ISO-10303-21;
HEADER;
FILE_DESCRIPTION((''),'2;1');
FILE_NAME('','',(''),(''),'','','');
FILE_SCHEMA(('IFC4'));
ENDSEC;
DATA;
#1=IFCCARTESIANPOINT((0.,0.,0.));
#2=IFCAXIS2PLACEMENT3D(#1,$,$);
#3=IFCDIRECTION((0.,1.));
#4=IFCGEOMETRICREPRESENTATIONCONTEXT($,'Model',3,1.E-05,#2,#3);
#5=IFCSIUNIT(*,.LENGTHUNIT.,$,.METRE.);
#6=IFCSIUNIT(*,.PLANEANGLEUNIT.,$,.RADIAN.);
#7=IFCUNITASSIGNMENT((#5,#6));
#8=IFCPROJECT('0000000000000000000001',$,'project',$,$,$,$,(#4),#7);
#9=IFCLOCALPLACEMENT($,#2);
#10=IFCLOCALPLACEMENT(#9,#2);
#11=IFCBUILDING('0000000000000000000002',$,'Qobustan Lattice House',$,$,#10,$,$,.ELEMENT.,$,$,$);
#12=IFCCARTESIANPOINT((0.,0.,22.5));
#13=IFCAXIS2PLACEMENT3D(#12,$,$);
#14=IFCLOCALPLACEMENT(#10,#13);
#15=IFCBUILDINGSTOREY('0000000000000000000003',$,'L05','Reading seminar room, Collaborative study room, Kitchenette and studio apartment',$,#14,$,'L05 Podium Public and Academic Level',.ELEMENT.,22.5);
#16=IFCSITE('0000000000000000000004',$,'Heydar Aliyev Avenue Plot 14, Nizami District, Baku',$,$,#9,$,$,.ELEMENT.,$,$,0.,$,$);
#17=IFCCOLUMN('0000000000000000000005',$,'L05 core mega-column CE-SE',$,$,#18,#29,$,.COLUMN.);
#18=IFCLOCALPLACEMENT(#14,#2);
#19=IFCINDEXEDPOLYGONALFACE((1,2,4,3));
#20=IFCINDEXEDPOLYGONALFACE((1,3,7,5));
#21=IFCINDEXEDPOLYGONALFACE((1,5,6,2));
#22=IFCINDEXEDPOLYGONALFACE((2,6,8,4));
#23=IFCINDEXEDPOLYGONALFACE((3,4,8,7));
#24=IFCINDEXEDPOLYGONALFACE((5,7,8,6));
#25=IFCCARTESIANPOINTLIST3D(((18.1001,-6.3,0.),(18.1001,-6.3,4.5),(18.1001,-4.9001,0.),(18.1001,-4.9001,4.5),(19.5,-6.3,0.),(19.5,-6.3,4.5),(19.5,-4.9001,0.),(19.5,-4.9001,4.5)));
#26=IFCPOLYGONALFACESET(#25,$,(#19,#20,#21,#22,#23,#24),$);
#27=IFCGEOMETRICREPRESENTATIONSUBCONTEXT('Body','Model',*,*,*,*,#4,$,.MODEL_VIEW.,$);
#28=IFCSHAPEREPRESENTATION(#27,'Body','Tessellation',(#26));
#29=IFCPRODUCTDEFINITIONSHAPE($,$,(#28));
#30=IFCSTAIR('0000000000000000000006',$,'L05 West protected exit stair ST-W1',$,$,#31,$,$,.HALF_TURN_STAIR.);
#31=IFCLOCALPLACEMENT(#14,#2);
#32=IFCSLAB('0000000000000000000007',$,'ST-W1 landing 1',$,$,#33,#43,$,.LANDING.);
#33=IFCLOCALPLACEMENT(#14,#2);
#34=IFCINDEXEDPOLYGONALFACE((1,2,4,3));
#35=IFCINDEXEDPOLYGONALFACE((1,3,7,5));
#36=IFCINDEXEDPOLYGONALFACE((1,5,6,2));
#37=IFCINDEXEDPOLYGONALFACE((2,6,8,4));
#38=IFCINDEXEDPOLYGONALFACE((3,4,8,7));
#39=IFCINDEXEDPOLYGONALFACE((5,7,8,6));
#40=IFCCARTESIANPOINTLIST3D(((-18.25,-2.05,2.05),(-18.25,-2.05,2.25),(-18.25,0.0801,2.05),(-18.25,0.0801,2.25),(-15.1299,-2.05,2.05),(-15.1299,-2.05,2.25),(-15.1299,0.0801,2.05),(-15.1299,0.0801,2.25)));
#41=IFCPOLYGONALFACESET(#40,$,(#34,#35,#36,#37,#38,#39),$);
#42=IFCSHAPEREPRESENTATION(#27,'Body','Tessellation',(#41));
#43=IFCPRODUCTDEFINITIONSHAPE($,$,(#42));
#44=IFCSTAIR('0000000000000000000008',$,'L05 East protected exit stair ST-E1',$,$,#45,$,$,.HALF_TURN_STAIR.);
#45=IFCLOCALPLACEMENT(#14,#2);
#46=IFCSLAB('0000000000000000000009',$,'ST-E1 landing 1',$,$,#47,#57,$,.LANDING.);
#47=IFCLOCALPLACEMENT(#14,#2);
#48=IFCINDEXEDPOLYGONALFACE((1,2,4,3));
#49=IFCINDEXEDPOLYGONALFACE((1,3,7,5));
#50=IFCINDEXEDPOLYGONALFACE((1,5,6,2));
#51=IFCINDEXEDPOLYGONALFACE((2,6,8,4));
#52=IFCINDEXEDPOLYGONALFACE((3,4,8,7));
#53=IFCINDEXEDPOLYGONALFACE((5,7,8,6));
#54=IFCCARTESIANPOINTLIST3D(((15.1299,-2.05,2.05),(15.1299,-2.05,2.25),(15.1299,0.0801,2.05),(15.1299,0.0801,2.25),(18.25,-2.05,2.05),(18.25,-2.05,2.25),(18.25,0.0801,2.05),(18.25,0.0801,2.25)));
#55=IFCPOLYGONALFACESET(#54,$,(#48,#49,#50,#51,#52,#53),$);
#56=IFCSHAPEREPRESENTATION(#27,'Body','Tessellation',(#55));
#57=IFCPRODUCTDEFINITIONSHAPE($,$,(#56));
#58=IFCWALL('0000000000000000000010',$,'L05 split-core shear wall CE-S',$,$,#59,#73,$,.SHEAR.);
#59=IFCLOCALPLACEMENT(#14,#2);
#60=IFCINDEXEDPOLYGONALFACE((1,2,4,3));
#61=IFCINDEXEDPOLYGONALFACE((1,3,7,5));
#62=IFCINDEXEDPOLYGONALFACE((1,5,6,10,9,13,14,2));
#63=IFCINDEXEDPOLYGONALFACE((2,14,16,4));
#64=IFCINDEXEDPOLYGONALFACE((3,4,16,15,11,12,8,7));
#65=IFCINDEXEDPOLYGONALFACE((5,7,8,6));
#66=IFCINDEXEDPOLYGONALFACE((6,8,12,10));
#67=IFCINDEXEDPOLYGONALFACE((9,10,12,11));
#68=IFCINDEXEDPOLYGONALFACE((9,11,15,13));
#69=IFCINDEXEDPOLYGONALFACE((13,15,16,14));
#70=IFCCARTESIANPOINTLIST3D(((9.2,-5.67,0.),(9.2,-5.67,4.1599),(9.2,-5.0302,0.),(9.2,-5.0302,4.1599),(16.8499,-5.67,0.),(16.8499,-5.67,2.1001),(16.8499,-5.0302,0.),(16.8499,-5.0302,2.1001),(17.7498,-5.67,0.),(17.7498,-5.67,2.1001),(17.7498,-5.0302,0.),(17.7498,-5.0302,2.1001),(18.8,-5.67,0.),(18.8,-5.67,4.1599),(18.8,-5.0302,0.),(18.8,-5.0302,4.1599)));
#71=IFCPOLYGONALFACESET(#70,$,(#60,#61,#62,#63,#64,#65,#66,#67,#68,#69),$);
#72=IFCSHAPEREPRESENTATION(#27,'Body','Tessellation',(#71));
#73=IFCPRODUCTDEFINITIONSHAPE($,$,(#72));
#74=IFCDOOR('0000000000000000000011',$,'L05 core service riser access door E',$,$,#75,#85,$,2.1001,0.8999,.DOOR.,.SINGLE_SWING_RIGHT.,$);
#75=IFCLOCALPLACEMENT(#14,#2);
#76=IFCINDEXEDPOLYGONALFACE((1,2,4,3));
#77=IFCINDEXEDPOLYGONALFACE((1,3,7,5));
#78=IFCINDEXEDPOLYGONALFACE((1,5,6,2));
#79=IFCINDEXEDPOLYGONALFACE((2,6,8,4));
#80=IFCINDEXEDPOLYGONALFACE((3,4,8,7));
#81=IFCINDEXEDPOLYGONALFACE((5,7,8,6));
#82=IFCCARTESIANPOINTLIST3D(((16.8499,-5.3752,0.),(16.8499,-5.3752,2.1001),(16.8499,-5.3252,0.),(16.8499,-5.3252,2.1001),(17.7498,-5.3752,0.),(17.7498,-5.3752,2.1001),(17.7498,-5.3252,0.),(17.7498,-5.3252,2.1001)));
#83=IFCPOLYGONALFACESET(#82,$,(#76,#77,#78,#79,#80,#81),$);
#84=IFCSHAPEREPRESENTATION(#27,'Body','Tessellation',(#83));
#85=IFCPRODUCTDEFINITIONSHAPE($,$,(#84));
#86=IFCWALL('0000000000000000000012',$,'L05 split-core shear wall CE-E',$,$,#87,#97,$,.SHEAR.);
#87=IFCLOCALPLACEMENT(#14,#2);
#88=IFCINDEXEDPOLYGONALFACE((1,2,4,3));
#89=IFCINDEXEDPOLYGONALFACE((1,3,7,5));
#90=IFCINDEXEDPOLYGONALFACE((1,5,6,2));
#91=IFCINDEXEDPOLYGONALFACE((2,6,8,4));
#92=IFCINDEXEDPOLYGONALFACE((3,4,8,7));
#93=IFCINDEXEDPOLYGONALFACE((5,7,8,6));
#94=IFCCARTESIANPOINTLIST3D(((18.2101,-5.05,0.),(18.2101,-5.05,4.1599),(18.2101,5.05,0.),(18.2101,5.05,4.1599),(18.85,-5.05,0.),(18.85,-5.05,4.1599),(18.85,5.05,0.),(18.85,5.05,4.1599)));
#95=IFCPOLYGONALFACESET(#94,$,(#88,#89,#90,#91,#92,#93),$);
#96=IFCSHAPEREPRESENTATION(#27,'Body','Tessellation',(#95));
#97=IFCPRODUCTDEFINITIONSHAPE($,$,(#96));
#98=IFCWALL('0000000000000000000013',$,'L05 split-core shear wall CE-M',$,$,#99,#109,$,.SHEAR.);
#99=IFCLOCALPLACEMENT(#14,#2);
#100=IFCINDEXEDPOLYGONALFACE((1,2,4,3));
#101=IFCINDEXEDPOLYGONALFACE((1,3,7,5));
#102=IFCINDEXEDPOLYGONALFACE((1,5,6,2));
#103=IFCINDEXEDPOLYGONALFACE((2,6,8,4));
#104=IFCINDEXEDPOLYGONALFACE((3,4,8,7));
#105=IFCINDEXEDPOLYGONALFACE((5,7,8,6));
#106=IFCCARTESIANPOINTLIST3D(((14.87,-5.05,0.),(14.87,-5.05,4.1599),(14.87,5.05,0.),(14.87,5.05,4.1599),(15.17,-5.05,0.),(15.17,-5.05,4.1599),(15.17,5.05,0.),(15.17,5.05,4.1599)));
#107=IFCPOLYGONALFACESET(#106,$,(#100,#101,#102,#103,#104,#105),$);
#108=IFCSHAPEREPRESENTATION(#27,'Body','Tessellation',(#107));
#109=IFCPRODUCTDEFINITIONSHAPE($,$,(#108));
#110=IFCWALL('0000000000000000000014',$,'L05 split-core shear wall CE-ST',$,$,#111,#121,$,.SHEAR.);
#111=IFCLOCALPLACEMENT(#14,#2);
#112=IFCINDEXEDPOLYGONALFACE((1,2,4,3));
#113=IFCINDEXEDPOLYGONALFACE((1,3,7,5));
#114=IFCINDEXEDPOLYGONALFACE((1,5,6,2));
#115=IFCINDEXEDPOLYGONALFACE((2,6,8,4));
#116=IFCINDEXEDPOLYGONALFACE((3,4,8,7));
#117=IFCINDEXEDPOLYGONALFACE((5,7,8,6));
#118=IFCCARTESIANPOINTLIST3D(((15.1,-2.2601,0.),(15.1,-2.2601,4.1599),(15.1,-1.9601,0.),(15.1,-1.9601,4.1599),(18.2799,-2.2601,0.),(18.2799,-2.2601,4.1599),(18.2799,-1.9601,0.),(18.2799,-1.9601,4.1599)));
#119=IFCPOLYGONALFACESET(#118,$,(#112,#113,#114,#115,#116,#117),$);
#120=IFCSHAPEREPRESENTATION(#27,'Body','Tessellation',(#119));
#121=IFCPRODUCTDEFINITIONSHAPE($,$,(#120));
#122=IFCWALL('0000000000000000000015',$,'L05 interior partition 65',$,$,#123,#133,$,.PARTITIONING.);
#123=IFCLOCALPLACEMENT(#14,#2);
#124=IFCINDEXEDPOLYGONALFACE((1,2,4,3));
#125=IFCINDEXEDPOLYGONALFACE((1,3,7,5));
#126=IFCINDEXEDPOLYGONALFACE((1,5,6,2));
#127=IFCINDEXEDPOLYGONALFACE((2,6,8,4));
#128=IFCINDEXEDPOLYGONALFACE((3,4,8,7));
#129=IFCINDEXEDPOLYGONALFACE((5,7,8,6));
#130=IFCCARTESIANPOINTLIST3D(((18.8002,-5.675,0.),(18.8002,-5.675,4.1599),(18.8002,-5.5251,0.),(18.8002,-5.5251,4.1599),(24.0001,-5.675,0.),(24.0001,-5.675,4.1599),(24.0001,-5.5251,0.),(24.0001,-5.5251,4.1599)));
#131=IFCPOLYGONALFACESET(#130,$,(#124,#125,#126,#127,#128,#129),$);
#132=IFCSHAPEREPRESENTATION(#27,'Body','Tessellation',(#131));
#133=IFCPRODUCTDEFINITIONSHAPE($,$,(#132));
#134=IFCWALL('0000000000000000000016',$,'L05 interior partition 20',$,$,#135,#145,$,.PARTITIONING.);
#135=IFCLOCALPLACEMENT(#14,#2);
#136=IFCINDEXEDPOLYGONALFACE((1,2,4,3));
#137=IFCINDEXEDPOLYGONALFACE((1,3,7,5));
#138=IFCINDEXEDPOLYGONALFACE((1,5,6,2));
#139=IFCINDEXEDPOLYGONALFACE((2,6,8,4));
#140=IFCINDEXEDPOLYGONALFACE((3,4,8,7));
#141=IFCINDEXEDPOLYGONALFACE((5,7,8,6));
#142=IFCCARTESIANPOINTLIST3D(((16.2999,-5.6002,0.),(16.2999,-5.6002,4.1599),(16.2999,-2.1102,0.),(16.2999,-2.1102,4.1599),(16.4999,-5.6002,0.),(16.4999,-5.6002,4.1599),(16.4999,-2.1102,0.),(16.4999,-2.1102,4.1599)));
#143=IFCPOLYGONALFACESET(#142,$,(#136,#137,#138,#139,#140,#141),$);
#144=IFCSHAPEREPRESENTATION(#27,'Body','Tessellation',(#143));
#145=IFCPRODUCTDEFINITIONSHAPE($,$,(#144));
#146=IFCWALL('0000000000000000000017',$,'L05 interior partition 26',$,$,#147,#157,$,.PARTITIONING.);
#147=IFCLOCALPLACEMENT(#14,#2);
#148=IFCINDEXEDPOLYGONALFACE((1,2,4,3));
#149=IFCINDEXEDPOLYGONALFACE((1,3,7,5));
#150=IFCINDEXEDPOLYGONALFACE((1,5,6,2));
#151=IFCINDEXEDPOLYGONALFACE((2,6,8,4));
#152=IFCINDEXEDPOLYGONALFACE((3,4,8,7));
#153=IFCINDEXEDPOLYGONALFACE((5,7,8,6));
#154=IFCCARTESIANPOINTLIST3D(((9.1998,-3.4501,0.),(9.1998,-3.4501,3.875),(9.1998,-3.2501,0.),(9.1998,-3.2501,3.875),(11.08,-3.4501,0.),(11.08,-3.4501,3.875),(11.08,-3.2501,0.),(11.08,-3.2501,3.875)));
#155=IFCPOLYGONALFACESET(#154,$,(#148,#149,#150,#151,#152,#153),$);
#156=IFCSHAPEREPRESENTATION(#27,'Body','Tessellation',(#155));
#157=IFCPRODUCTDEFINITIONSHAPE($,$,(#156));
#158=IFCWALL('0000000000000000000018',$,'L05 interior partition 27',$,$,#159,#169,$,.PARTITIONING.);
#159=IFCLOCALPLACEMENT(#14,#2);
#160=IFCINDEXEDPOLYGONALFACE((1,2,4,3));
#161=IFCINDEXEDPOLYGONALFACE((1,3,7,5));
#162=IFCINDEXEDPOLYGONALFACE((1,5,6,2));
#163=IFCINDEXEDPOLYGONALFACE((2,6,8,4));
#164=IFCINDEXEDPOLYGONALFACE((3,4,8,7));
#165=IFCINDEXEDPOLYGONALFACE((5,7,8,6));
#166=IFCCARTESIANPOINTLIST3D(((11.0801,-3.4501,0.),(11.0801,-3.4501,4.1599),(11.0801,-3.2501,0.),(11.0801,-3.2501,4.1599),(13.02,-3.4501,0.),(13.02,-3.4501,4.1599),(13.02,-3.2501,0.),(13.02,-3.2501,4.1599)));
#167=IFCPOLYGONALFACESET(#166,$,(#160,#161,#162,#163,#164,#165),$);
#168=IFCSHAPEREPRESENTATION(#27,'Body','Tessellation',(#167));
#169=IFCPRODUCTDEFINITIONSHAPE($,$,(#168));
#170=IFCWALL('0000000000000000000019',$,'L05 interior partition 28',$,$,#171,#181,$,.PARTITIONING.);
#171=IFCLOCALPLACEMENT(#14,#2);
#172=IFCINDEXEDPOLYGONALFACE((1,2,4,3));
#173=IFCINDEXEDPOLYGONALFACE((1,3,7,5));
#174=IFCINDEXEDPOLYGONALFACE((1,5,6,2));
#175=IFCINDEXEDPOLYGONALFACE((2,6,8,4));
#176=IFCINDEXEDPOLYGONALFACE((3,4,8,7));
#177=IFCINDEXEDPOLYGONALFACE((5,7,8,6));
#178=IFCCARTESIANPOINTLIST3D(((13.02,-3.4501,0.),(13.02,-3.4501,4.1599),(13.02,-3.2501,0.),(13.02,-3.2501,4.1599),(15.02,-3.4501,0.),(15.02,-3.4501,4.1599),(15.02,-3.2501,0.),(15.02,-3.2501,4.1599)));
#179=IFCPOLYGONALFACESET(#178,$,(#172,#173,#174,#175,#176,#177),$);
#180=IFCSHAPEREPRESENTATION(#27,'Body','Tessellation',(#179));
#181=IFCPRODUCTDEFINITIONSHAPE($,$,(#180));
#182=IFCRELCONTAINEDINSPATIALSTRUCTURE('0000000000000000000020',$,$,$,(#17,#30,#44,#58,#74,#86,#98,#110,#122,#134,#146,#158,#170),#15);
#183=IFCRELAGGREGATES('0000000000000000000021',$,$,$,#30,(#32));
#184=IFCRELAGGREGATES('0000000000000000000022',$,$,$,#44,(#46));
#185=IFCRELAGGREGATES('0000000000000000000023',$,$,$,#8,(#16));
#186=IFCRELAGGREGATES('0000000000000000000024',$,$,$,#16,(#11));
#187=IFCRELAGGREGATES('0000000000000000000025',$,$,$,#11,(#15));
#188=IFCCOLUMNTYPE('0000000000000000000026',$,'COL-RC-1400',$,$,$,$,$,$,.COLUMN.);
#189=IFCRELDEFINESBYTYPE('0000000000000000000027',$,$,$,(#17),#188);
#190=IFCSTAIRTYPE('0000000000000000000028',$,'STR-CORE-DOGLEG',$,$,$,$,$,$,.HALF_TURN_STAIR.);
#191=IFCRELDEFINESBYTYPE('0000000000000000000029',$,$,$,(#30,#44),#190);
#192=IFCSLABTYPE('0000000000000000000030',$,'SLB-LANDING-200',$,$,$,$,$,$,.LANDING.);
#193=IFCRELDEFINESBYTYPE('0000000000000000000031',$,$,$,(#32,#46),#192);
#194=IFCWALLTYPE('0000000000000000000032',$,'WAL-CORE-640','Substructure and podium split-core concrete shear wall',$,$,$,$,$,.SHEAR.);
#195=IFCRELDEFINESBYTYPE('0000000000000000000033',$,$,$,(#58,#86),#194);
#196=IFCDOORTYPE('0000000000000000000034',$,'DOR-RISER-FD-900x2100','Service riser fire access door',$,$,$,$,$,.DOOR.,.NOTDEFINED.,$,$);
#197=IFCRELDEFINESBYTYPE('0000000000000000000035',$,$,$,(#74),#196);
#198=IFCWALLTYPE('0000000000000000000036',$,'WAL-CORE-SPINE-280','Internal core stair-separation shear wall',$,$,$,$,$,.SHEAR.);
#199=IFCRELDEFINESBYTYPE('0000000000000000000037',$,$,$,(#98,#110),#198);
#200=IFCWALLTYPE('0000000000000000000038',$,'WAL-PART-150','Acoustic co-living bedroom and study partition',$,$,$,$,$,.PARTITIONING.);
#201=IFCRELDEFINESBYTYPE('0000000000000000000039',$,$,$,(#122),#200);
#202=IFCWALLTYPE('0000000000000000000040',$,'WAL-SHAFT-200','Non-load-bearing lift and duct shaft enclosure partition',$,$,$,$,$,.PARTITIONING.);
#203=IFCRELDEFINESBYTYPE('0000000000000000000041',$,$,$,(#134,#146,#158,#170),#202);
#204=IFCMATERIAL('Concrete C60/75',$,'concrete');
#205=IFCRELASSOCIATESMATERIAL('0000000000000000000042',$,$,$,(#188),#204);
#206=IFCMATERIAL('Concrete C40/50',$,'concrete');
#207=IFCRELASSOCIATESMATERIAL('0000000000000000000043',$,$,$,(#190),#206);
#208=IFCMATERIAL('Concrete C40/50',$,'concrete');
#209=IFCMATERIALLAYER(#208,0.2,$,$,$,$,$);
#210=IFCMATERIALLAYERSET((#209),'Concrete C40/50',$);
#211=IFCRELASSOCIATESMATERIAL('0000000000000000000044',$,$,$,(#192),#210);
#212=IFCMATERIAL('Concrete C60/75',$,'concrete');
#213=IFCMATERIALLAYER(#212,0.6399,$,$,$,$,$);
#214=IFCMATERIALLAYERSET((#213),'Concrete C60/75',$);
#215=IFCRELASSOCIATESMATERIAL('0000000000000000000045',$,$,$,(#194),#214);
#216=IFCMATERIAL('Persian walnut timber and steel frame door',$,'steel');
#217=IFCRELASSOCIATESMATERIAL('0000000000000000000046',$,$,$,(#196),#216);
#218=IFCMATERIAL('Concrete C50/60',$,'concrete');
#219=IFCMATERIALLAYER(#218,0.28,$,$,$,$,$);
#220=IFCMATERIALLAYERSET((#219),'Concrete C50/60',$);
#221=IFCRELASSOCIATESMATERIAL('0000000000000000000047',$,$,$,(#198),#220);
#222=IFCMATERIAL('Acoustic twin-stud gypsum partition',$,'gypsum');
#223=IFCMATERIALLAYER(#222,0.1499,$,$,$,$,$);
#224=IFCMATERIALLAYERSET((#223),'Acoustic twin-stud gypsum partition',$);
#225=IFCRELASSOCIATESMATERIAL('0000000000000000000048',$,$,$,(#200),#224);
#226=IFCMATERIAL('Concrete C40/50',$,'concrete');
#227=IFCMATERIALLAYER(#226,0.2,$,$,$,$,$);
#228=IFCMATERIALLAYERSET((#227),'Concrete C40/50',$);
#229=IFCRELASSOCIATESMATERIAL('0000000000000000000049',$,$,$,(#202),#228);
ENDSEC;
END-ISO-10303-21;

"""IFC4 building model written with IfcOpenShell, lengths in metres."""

from ifc_helpers import new_model, si_unit, direction, frame, frame_2d, origin, origin_2d, place, context, subcontext, project, spatial, polyline, rectangle, outline, extrude, material, layer, layer_set, material_profile, profile_set, type_object, element, fill, aggregate, save


model = new_model("IFC4")

# Units and contexts
model_context = context("Model", 3, precision=1e-05, world=origin(), true_north=direction((0.0, 1.0)))
body_context = subcontext(model_context, "Body", "Model", "MODEL_VIEW")
ifc_project = project(units=[si_unit("LENGTHUNIT", "METRE"), si_unit("PLANEANGLEUNIT", "RADIAN")], contexts=[model_context])

# Site, building, storey
site_placement = place(None, origin())
site = spatial("IfcSite", under=ifc_project, at=site_placement, Name="Heydar Aliyev Avenue Plot 14, Nizami District, Baku", CompositionType="ELEMENT", RefElevation=0.0)
building_placement = place(site_placement, origin())
building = spatial("IfcBuilding", under=site, at=building_placement, Name="Qobustan Lattice House", CompositionType="ELEMENT")
storey_placement = place(building_placement, frame((0.0, 0.0, 22.5)))
storey = spatial("IfcBuildingStorey", under=building, at=storey_placement, Name="L05", Description="Reading seminar room, Collaborative study room, Kitchenette and studio apartment", LongName="L05 Podium Public and Academic Level", CompositionType="ELEMENT", Elevation=22.5)

# Column
ifc_material_1 = material(Name="Concrete C60/75", Category="concrete")
ifc_material_profile = material_profile(ifc_material_1, rectangle(XDim=1.3999, YDim=1.3999, at=origin_2d()), Name="RC1400x1400")
ifc_profile_set = profile_set([ifc_material_profile], Name="Concrete C60/75")
column_type = type_object("IfcColumnType", Name="COL-RC-1400", PredefinedType="COLUMN", material=ifc_profile_set)
column_placement = place(storey_placement, frame((18.8, -5.6001, 0.0), z_axis=(0.0, 0.0, 1.0), x_axis=(1.0, 0.0, 0.0)))
element("IfcColumn", 1, at=column_placement, inside=storey, type_object=column_type, Name="L05 core mega-column CE-SE", PredefinedType="COLUMN", context=body_context, shape_type="SweptSolid", body=[
    extrude(rectangle(XDim=1.3999, YDim=1.3999, at=origin_2d()), origin(), (0.0, 0.0, 1.0), 4.5),
])

# Stairs, slabs
ifc_material_2 = material(Name="Concrete C40/50", Category="concrete")
stair_type = type_object("IfcStairType", Name="STR-CORE-DOGLEG", PredefinedType="HALF_TURN_STAIR", material=ifc_material_2)
stair_1_placement = place(storey_placement, origin())
stair_1 = element("IfcStair", 2, at=stair_1_placement, inside=storey, type_object=stair_type, Name="L05 West protected exit stair ST-W1", PredefinedType="HALF_TURN_STAIR")
ifc_material_3 = material(Name="Concrete C40/50", Category="concrete")
ifc_layer_1 = layer(ifc_material_3, 0.2)
ifc_layer_set_1 = layer_set([ifc_layer_1], Name="Concrete C40/50")
slab_type = type_object("IfcSlabType", Name="SLB-LANDING-200", PredefinedType="LANDING", material=ifc_layer_set_1)
slab_1_placement = place(storey_placement, frame((0.0, 0.0, 2.05)))
slab_1 = element("IfcSlab", 3, at=slab_1_placement, type_object=slab_type, Name="ST-W1 landing 1", PredefinedType="LANDING", context=body_context, shape_type="SweptSolid", body=[
    extrude(outline(polyline([(-18.25, 0.0801), (-18.25, -2.05), (-15.1299, -2.05), (-15.1299, 0.0801), (-18.25, 0.0801)])), origin(), (0.0, 0.0, 1.0), 0.2),
])
aggregate(stair_1, [slab_1])
stair_2_placement = place(storey_placement, origin())
stair_2 = element("IfcStair", 4, at=stair_2_placement, inside=storey, type_object=stair_type, Name="L05 East protected exit stair ST-E1", PredefinedType="HALF_TURN_STAIR")
slab_2_placement = place(storey_placement, frame((0.0, 0.0, 2.05)))
slab_2 = element("IfcSlab", 5, at=slab_2_placement, type_object=slab_type, Name="ST-E1 landing 1", PredefinedType="LANDING", context=body_context, shape_type="SweptSolid", body=[
    extrude(outline(polyline([(15.1299, 0.0801), (15.1299, -2.05), (18.25, -2.05), (18.25, 0.0801), (15.1299, 0.0801)])), origin(), (0.0, 0.0, 1.0), 0.2),
])

# Wall, opening, door
ifc_material_4 = material(Name="Concrete C60/75", Category="concrete")
ifc_layer_2 = layer(ifc_material_4, 0.6399)
ifc_layer_set_2 = layer_set([ifc_layer_2], Name="Concrete C60/75")
wall_type_1 = type_object("IfcWallType", Name="WAL-CORE-640", Description="Substructure and podium split-core concrete shear wall", PredefinedType="SHEAR", material=ifc_layer_set_2)
wall_1_placement = place(storey_placement, frame((9.2, -5.3501, 0.0), z_axis=(0.0, 0.0, 1.0), x_axis=(1.0, 0.0, 0.0)))
wall_1 = element("IfcWall", 6, at=wall_1_placement, inside=storey, type_object=wall_type_1, Name="L05 split-core shear wall CE-S", PredefinedType="SHEAR", context=body_context, shape_type="SweptSolid", body=[
    extrude(rectangle(XDim=9.6001, YDim=0.6399, at=frame_2d((4.8, 0.0))), origin(), (0.0, 0.0, 1.0), 4.1599),
])
opening_1_placement = place(wall_1_placement, frame((7.6499, 0.0, 0.0)))
opening_1 = element("IfcOpeningElement", 7, at=opening_1_placement, cuts=wall_1, PredefinedType="OPENING", context=body_context, shape_type="SweptSolid", body=[
    extrude(rectangle(XDim=0.8999, YDim=2.1001, at=frame_2d((0.45, 1.05))), frame((0.0, 0.3298, 0.0), z_axis=(0.0, -1.0, 0.0), x_axis=(1.0, 0.0, 0.0)), (0.0, 0.0, 1.0), 0.6599),
])
ifc_material_5 = material(Name="Persian walnut timber and steel frame door", Category="steel")
door_type_1 = type_object("IfcDoorType", Name="DOR-RISER-FD-900x2100", Description="Service riser fire access door", OperationType="NOTDEFINED", PredefinedType="DOOR", material=ifc_material_5)
door_1_placement = place(opening_1_placement, origin())
door_1 = element("IfcDoor", 8, at=door_1_placement, inside=storey, type_object=door_type_1, Name="L05 core service riser access door E", OperationType="SINGLE_SWING_RIGHT", OverallHeight=2.1001, OverallWidth=0.8999, PredefinedType="DOOR", context=body_context, shape_type="SweptSolid", body=[
    extrude(rectangle(XDim=0.8999, YDim=2.1001, at=frame_2d((0.45, 1.05))), frame((0.0, 0.0249, 0.0), z_axis=(0.0, -1.0, 0.0), x_axis=(1.0, 0.0, 0.0)), (0.0, 0.0, 1.0), 0.05),
])
fill(opening_1, door_1)

# Walls
wall_2_placement = place(storey_placement, frame((18.53, -5.05, 0.0), z_axis=(0.0, 0.0, 1.0), x_axis=(0.0, 1.0, 0.0)))
element("IfcWall", 9, at=wall_2_placement, inside=storey, type_object=wall_type_1, Name="L05 split-core shear wall CE-E", PredefinedType="SHEAR", context=body_context, shape_type="SweptSolid", body=[
    extrude(rectangle(XDim=10.1001, YDim=0.6399, at=frame_2d((5.05, 0.0))), origin(), (0.0, 0.0, 1.0), 4.1599),
])
ifc_material_6 = material(Name="Concrete C50/60", Category="concrete")
ifc_layer_3 = layer(ifc_material_6, 0.28)
ifc_layer_set_3 = layer_set([ifc_layer_3], Name="Concrete C50/60")
wall_type_2 = type_object("IfcWallType", Name="WAL-CORE-SPINE-280", Description="Internal core stair-separation shear wall", PredefinedType="SHEAR", material=ifc_layer_set_3)
wall_3_placement = place(storey_placement, frame((15.02, -5.05, 0.0), z_axis=(0.0, 0.0, 1.0), x_axis=(0.0, 1.0, 0.0)))
element("IfcWall", 10, at=wall_3_placement, inside=storey, type_object=wall_type_2, Name="L05 split-core shear wall CE-M", PredefinedType="SHEAR", context=body_context, shape_type="SweptSolid", body=[
    extrude(rectangle(XDim=10.1001, YDim=0.3, at=frame_2d((5.05, 0.0))), origin(), (0.0, 0.0, 1.0), 4.1599),
])
wall_4_placement = place(storey_placement, frame((15.1001, -2.1101, 0.0), z_axis=(0.0, 0.0, 1.0), x_axis=(1.0, 0.0, 0.0)))
element("IfcWall", 11, at=wall_4_placement, inside=storey, type_object=wall_type_2, Name="L05 split-core shear wall CE-ST", PredefinedType="SHEAR", context=body_context, shape_type="SweptSolid", body=[
    extrude(rectangle(XDim=3.1799, YDim=0.3, at=frame_2d((1.5898, 0.0))), origin(), (0.0, 0.0, 1.0), 4.1599),
])
ifc_material_7 = material(Name="Acoustic twin-stud gypsum partition", Category="gypsum")
ifc_layer_4 = layer(ifc_material_7, 0.1499)
ifc_layer_set_4 = layer_set([ifc_layer_4], Name="Acoustic twin-stud gypsum partition")
wall_type_3 = type_object("IfcWallType", Name="WAL-PART-150", Description="Acoustic co-living bedroom and study partition", PredefinedType="PARTITIONING", material=ifc_layer_set_4)
wall_5_placement = place(storey_placement, frame((18.8, -5.6001, 0.0), z_axis=(0.0, 0.0, 1.0), x_axis=(1.0, 0.0, 0.0)))
element("IfcWall", 12, at=wall_5_placement, inside=storey, type_object=wall_type_3, Name="L05 interior partition 65", PredefinedType="PARTITIONING", context=body_context, shape_type="SweptSolid", body=[
    extrude(rectangle(XDim=5.2, YDim=0.1499, at=frame_2d((2.6001, 0.0))), origin(), (0.0, 0.0, 1.0), 4.1599),
])
ifc_material_8 = material(Name="Concrete C40/50", Category="concrete")
ifc_layer_5 = layer(ifc_material_8, 0.2)
ifc_layer_set_5 = layer_set([ifc_layer_5], Name="Concrete C40/50")
wall_type_4 = type_object("IfcWallType", Name="WAL-SHAFT-200", Description="Non-load-bearing lift and duct shaft enclosure partition", PredefinedType="PARTITIONING", material=ifc_layer_set_5)
wall_6_placement = place(storey_placement, frame((16.3999, -2.1101, 0.0), z_axis=(0.0, 0.0, 1.0), x_axis=(0.0, -1.0, 0.0)))
element("IfcWall", 13, at=wall_6_placement, inside=storey, type_object=wall_type_4, Name="L05 interior partition 20", PredefinedType="PARTITIONING", context=body_context, shape_type="SweptSolid", body=[
    extrude(rectangle(XDim=3.49, YDim=0.2, at=frame_2d((1.7451, 0.0))), origin(), (0.0, 0.0, 1.0), 4.1599),
])
wall_7_placement = place(storey_placement, frame((9.2, -3.3501, 0.0), z_axis=(0.0, 0.0, 1.0), x_axis=(1.0, 0.0, 0.0)))
element("IfcWall", 14, at=wall_7_placement, inside=storey, type_object=wall_type_4, Name="L05 interior partition 26", PredefinedType="PARTITIONING", context=body_context, shape_type="SweptSolid", body=[
    extrude(rectangle(XDim=1.8801, YDim=0.2, at=frame_2d((0.9399, 0.0))), origin(), (0.0, 0.0, 1.0), 3.875),
])
wall_8_placement = place(storey_placement, frame((11.0801, -3.3501, 0.0), z_axis=(0.0, 0.0, 1.0), x_axis=(1.0, 0.0, 0.0)))
element("IfcWall", 15, at=wall_8_placement, inside=storey, type_object=wall_type_4, Name="L05 interior partition 27", PredefinedType="PARTITIONING", context=body_context, shape_type="SweptSolid", body=[
    extrude(rectangle(XDim=1.9399, YDim=0.2, at=frame_2d((0.97, 0.0))), origin(), (0.0, 0.0, 1.0), 4.1599),
])
wall_9_placement = place(storey_placement, frame((13.02, -3.3501, 0.0), z_axis=(0.0, 0.0, 1.0), x_axis=(1.0, 0.0, 0.0)))
element("IfcWall", 16, at=wall_9_placement, inside=storey, type_object=wall_type_4, Name="L05 interior partition 28", PredefinedType="PARTITIONING", context=body_context, shape_type="SweptSolid", body=[
    extrude(rectangle(XDim=2.0, YDim=0.2, at=frame_2d((1.0, 0.0))), origin(), (0.0, 0.0, 1.0), 4.1599),
])

aggregate(stair_2, [slab_2])

save(model, "model.ifc")
